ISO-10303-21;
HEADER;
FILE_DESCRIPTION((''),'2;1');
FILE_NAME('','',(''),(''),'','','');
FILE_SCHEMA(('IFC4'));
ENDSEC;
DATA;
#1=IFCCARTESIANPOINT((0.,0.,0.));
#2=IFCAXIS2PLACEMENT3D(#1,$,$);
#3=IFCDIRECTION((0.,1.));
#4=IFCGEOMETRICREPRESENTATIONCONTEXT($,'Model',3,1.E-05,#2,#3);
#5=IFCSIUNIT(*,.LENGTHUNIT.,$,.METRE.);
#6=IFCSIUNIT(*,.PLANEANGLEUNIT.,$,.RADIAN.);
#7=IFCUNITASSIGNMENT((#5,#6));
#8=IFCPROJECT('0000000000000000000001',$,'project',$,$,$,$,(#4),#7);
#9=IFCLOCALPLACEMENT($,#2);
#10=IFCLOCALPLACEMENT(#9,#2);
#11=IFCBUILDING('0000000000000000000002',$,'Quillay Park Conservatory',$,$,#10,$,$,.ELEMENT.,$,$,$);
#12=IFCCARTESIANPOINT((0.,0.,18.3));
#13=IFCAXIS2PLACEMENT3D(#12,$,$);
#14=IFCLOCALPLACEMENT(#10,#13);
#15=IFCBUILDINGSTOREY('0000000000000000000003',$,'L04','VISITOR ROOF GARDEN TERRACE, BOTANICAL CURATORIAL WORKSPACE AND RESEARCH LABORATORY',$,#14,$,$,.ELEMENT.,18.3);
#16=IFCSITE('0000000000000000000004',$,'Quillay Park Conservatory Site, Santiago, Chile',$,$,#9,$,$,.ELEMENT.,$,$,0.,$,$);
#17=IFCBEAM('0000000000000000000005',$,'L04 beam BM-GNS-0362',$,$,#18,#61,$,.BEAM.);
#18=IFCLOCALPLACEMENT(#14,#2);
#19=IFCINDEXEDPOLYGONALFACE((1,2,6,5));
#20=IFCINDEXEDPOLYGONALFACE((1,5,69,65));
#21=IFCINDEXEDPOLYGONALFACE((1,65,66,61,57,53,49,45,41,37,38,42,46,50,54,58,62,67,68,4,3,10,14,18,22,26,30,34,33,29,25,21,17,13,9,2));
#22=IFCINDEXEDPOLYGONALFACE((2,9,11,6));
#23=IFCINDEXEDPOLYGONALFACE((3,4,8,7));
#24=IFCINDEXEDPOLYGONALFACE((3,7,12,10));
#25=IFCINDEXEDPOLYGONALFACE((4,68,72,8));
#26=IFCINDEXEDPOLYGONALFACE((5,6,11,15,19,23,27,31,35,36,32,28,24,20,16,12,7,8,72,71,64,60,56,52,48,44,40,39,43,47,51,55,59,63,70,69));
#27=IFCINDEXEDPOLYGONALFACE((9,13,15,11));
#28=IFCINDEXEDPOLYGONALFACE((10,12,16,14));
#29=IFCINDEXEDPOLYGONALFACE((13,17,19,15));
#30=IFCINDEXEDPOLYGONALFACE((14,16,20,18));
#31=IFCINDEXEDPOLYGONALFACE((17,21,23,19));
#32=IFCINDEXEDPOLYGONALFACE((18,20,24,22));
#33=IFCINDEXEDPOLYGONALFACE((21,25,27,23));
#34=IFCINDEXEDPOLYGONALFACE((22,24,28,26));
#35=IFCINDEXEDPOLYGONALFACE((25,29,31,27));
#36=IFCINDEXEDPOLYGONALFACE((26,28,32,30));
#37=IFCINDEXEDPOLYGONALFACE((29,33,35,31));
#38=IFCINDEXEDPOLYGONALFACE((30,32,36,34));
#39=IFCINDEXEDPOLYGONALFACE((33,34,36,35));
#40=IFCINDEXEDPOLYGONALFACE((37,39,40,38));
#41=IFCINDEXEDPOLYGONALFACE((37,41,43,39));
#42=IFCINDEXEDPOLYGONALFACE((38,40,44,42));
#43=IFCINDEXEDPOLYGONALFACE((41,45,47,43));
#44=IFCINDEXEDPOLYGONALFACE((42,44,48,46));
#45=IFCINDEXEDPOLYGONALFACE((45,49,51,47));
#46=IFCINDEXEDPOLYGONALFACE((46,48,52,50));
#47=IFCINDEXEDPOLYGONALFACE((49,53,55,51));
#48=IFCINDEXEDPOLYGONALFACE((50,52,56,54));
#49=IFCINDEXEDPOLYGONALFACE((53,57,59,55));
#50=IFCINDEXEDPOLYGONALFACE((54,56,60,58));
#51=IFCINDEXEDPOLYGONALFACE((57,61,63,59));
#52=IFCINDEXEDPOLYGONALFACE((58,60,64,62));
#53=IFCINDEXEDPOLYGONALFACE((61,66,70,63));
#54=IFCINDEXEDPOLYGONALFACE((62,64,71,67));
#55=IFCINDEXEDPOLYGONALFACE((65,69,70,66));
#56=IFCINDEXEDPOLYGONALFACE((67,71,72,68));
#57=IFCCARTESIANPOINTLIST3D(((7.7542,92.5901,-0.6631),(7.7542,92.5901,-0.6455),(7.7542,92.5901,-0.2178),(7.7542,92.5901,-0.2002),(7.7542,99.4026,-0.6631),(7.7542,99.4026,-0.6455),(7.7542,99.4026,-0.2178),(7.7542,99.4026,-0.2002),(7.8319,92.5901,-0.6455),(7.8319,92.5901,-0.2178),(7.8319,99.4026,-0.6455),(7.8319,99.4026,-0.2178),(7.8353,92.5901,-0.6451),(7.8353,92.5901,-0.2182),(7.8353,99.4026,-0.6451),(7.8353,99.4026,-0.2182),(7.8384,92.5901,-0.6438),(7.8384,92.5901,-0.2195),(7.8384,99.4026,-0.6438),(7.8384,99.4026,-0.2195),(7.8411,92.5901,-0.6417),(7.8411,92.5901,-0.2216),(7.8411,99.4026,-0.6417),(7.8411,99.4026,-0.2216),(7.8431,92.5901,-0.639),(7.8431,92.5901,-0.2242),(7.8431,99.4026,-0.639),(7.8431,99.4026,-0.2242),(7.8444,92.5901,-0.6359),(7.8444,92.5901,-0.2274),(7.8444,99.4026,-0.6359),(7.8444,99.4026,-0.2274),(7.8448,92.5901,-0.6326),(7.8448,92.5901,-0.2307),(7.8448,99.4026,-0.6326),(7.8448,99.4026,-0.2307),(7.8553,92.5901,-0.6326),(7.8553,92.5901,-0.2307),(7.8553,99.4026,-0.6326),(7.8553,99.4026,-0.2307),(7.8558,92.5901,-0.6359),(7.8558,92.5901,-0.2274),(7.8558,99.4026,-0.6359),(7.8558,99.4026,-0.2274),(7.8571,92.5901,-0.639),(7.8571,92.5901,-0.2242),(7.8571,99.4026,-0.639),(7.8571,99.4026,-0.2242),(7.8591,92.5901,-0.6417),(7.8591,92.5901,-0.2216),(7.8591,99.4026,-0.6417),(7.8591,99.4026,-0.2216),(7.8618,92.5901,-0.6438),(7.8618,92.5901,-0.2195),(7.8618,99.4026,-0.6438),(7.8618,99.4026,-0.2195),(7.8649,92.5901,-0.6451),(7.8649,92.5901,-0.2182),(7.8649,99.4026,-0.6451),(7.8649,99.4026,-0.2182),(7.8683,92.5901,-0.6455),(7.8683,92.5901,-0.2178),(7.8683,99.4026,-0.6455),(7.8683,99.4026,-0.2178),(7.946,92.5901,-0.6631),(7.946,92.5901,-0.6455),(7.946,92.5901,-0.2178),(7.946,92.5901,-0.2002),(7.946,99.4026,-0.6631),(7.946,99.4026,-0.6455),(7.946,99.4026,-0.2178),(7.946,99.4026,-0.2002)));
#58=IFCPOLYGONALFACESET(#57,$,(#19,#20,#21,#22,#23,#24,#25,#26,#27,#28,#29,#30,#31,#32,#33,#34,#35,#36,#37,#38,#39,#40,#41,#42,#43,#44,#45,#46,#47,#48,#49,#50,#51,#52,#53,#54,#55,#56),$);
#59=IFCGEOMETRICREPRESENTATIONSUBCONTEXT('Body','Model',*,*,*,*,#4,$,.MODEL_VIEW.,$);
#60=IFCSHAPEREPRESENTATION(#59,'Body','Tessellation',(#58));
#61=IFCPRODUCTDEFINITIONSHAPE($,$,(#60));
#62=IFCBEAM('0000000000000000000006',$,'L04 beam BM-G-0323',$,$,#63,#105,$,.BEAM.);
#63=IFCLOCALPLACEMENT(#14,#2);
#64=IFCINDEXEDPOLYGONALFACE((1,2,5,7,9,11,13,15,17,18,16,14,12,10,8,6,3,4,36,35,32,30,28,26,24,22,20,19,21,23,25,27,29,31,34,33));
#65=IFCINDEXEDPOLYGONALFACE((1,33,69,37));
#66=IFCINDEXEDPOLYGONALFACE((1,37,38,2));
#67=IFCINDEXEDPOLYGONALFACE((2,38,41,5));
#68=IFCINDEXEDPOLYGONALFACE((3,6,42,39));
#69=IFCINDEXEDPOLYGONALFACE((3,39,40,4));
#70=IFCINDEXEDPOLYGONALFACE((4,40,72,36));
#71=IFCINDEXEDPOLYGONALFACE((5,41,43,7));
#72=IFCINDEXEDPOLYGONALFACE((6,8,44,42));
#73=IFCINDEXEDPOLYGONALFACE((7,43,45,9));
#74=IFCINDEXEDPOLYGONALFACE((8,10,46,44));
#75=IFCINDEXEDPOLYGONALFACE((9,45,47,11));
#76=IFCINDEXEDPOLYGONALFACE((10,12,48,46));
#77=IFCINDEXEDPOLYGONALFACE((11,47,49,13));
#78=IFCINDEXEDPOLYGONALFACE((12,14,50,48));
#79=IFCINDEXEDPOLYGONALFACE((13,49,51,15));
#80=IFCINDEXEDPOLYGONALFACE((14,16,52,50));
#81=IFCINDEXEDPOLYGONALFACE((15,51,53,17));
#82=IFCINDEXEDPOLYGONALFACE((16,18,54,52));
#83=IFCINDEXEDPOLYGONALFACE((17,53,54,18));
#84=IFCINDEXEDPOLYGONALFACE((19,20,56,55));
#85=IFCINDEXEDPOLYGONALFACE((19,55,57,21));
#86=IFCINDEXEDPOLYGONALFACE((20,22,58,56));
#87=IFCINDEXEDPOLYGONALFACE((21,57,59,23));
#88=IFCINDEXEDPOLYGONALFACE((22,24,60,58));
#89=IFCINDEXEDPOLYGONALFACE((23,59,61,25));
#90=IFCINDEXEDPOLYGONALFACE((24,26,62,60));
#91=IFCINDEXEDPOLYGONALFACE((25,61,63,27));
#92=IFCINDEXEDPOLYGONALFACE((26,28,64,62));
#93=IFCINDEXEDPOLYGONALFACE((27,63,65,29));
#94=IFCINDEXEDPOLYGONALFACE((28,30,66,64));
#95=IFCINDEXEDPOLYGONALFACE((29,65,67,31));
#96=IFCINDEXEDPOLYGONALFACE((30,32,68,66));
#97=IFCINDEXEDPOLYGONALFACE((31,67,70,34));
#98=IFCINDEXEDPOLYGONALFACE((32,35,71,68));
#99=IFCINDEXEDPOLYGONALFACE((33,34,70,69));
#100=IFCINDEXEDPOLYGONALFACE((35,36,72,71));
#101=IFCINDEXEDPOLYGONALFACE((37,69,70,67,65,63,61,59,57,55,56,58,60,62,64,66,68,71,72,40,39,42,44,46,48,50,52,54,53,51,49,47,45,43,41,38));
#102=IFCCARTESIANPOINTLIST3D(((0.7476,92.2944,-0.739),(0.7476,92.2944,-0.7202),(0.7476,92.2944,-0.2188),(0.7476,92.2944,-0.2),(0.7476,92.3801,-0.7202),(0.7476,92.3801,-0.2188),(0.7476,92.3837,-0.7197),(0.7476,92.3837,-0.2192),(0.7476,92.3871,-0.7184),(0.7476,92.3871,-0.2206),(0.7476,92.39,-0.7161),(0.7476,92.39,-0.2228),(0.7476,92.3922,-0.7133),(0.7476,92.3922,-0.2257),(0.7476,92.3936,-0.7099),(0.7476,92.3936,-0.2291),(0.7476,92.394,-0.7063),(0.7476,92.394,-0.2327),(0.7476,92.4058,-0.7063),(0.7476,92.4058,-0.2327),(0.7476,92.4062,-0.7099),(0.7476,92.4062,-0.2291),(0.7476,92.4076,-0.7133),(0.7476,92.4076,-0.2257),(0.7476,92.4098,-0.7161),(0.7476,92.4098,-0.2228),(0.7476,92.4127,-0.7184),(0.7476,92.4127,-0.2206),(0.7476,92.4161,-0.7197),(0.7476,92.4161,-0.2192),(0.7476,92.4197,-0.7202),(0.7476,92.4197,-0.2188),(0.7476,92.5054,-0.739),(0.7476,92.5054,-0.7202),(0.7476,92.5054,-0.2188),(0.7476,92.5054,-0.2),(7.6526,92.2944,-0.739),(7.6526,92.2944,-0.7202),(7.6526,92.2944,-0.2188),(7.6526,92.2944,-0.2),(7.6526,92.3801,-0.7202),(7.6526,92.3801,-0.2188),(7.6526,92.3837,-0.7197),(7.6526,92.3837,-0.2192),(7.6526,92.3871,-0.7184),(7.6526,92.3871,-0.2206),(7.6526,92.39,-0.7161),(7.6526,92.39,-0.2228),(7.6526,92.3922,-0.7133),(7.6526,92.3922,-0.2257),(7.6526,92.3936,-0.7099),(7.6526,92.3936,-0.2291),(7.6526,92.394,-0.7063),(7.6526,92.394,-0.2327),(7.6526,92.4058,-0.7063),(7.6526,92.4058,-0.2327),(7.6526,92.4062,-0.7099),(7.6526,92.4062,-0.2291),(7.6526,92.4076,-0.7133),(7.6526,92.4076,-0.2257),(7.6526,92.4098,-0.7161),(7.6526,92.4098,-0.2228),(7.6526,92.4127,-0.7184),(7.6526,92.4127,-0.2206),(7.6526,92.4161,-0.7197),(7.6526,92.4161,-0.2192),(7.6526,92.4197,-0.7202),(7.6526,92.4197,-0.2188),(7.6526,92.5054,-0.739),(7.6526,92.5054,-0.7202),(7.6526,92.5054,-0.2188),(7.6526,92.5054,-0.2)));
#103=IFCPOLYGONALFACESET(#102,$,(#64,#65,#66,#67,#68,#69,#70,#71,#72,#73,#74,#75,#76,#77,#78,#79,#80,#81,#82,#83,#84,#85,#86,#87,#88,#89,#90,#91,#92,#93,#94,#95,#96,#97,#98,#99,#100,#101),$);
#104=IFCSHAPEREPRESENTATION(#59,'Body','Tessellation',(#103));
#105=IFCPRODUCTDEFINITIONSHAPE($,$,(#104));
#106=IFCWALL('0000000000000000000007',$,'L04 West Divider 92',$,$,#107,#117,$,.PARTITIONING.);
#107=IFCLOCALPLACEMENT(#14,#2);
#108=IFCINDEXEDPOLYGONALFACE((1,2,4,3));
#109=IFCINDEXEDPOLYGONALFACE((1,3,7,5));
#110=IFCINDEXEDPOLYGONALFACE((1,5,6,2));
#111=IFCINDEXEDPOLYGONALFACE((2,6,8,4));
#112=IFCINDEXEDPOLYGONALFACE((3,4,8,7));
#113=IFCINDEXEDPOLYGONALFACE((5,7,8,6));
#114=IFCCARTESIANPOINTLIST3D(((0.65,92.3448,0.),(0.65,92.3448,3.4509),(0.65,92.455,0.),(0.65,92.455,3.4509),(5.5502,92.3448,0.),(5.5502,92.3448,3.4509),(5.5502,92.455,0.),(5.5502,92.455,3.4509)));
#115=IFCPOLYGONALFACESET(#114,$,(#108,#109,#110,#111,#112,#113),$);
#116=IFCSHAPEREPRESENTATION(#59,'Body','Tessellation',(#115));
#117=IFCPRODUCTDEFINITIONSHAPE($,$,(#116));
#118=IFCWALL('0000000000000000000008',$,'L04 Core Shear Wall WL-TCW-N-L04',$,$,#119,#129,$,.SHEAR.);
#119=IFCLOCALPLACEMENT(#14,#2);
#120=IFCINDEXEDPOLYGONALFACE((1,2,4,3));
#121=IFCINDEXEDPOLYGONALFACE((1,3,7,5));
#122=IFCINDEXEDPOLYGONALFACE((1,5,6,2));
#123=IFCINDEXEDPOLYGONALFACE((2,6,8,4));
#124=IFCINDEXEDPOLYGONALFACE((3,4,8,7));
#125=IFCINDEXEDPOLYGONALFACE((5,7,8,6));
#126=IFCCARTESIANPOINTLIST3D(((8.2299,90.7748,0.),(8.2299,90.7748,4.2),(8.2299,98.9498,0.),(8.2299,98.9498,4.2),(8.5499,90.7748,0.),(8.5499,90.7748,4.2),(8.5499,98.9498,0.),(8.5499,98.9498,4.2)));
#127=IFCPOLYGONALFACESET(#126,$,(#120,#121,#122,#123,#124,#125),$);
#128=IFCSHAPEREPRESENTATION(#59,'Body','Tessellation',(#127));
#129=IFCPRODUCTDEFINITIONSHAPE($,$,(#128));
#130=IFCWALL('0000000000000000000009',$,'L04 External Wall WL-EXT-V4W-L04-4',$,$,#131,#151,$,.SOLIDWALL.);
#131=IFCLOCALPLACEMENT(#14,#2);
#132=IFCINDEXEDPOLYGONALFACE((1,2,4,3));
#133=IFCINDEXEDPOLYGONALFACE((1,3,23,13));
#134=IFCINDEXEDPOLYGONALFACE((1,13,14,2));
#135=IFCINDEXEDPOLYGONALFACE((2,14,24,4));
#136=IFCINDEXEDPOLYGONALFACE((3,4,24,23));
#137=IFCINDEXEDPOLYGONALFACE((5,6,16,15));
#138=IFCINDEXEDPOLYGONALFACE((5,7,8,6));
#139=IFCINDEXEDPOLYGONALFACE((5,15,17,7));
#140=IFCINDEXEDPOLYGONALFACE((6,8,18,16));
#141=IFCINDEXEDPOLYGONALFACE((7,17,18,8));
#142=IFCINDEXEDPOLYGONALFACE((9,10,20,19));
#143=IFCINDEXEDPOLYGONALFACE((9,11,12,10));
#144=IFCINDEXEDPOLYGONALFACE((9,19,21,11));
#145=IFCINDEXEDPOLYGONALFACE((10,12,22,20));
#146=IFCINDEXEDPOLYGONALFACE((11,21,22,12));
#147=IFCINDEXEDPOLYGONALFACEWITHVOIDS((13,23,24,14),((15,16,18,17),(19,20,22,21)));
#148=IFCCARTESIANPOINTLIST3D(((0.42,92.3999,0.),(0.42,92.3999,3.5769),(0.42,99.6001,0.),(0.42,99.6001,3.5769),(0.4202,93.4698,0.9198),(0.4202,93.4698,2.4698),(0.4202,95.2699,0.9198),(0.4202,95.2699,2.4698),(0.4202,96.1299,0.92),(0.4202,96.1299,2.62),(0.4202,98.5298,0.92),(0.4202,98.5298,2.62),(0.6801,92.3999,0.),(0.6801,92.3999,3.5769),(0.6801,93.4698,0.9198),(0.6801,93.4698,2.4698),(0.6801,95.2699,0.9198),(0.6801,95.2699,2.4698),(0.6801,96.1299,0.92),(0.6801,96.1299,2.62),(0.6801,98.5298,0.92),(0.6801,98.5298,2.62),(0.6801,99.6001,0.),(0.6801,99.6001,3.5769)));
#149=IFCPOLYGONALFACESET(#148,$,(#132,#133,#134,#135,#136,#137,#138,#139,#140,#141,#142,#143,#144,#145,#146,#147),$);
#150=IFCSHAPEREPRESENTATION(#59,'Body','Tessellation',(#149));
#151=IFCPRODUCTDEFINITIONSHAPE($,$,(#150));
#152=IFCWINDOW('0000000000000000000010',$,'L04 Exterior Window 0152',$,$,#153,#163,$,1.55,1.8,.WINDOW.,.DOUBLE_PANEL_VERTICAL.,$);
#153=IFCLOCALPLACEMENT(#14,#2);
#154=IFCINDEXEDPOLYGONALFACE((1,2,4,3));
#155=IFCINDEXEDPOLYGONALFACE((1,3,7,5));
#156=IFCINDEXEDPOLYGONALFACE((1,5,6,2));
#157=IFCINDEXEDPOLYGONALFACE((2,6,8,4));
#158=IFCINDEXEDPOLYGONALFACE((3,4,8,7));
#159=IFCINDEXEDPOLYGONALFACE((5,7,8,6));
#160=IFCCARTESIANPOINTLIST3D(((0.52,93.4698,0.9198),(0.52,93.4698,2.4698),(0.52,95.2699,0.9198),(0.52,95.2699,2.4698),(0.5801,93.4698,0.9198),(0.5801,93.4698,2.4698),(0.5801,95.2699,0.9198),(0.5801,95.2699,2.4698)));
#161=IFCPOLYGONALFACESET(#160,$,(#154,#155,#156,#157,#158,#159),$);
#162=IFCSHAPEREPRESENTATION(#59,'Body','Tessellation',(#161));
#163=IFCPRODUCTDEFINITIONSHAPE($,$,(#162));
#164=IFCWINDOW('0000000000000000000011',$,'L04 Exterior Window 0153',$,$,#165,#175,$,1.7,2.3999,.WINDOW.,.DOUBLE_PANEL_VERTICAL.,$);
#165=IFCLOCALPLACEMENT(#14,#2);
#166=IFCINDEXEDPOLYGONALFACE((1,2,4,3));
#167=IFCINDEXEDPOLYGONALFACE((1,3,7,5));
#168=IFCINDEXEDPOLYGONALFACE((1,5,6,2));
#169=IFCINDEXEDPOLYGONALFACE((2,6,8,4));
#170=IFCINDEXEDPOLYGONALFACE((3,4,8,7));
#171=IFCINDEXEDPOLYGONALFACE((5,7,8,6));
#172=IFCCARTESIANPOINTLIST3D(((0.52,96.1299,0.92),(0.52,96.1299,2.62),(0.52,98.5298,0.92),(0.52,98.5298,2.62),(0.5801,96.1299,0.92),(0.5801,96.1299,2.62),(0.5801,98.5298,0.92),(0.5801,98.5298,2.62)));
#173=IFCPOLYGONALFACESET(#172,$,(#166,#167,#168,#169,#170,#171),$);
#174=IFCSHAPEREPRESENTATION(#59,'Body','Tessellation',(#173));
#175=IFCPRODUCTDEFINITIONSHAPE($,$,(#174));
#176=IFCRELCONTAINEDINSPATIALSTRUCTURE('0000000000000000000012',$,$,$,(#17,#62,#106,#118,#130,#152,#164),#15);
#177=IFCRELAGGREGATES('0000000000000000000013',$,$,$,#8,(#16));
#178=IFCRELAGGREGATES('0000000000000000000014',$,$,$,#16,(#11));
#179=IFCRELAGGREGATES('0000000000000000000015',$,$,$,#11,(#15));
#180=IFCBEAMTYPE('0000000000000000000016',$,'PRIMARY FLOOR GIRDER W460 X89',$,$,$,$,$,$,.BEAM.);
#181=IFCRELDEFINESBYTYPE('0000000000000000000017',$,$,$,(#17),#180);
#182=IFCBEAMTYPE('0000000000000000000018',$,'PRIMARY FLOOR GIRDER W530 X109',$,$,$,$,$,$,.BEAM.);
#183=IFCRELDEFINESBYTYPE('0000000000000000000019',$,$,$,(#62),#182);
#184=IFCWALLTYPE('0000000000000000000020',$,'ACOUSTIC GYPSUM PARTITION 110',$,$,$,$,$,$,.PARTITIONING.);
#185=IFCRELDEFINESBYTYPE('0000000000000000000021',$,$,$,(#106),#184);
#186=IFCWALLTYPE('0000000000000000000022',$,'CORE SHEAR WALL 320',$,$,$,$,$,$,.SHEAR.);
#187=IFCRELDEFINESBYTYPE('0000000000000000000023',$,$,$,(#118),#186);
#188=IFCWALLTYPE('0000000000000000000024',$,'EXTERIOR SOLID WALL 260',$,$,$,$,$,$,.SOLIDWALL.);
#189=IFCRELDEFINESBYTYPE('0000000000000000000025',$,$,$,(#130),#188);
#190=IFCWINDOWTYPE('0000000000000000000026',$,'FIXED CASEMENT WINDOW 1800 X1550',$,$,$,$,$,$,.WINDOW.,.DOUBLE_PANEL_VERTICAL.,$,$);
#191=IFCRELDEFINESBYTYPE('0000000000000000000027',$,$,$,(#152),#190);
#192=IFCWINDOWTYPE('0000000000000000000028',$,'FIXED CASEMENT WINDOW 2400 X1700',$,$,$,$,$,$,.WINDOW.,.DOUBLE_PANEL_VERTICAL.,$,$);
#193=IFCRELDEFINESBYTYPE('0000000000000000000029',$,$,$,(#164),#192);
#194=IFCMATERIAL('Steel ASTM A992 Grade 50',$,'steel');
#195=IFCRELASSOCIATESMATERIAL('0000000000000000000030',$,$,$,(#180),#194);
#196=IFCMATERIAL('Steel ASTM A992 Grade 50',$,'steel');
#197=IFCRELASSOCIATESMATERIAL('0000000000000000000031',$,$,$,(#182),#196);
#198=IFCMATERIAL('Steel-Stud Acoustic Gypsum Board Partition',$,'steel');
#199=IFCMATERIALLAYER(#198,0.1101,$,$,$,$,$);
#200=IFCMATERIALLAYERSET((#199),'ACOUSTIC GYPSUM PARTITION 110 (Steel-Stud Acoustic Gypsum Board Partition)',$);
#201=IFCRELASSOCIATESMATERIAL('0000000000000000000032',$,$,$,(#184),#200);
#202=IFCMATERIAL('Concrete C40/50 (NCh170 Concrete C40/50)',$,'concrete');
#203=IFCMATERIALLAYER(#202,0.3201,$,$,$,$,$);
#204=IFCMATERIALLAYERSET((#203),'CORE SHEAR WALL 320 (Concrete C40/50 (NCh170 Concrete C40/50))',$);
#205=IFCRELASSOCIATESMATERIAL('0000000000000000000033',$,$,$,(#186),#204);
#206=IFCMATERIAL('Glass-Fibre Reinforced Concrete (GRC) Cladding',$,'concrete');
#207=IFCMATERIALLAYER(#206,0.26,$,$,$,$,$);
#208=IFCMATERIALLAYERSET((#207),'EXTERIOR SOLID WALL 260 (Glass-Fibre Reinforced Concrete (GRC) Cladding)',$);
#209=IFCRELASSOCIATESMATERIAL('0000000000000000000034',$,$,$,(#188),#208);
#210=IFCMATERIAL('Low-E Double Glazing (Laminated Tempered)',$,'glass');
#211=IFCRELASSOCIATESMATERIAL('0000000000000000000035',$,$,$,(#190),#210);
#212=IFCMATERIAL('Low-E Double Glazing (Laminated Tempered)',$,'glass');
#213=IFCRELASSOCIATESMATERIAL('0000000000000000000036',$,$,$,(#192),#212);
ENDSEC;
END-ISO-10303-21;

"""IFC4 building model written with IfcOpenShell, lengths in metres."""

from ifc_helpers import new_model, si_unit, direction, frame, frame_2d, origin, origin_2d, place, context, subcontext, project, spatial, rectangle, i_section, extrude, material, layer, layer_set, material_profile, profile_set, type_object, element, fill, save


model = new_model("IFC4")

# Units and contexts
model_context = context("Model", 3, precision=1e-05, world=origin(), true_north=direction((0.0, 1.0)))
body_context = subcontext(model_context, "Body", "Model", "MODEL_VIEW")
ifc_project = project(units=[si_unit("LENGTHUNIT", "METRE"), si_unit("PLANEANGLEUNIT", "RADIAN")], contexts=[model_context])

# Site, building, storey
site_placement = place(None, origin())
site = spatial("IfcSite", under=ifc_project, at=site_placement, Name="Quillay Park Conservatory Site, Santiago, Chile", CompositionType="ELEMENT", RefElevation=0.0)
building_placement = place(site_placement, origin())
building = spatial("IfcBuilding", under=site, at=building_placement, Name="Quillay Park Conservatory", CompositionType="ELEMENT")
storey_placement = place(building_placement, frame((0.0, 0.0, 18.3)))
storey = spatial("IfcBuildingStorey", under=building, at=storey_placement, Name="L04", Description="VISITOR ROOF GARDEN TERRACE, BOTANICAL CURATORIAL WORKSPACE AND RESEARCH LABORATORY", CompositionType="ELEMENT", Elevation=18.3)

# Beams
ifc_material_1 = material(Name="Steel ASTM A992 Grade 50", Category="steel")
ifc_material_profile_1 = material_profile(ifc_material_1, i_section(OverallWidth=0.1919, OverallDepth=0.4629, WebThickness=0.0105, FlangeThickness=0.0176, FilletRadius=0.0129, at=origin_2d()), Name="W460x89")
ifc_profile_set_1 = profile_set([ifc_material_profile_1], Name="Steel ASTM A992 Grade 50")
beam_type_1 = type_object("IfcBeamType", Name="PRIMARY FLOOR GIRDER W460 X89", PredefinedType="BEAM", material=ifc_profile_set_1)
beam_1_placement = place(storey_placement, frame((7.8501, 92.5901, -0.4316), z_axis=(0.0, 1.0, 0.0), x_axis=(-1.0, 0.0, 0.0)))
element("IfcBeam", 1, at=beam_1_placement, inside=storey, type_object=beam_type_1, Name="L04 beam BM-GNS-0362", PredefinedType="BEAM", context=body_context, shape_type="SweptSolid", body=[
    extrude(i_section(OverallWidth=0.1919, OverallDepth=0.4629, WebThickness=0.0105, FlangeThickness=0.0176, FilletRadius=0.0129, at=origin_2d()), origin(), (0.0, 0.0, 1.0), 6.8125),
])
ifc_material_2 = material(Name="Steel ASTM A992 Grade 50", Category="steel")
ifc_material_profile_2 = material_profile(ifc_material_2, i_section(OverallWidth=0.2109, OverallDepth=0.5391, WebThickness=0.0117, FlangeThickness=0.0188, FilletRadius=0.0139, at=origin_2d()), Name="W530x109")
ifc_profile_set_2 = profile_set([ifc_material_profile_2], Name="Steel ASTM A992 Grade 50")
beam_type_2 = type_object("IfcBeamType", Name="PRIMARY FLOOR GIRDER W530 X109", PredefinedType="BEAM", material=ifc_profile_set_2)
beam_2_placement = place(storey_placement, frame((0.7476, 92.3999, -0.4695), z_axis=(1.0, 0.0, 0.0), x_axis=(0.0, 1.0, 0.0)))
element("IfcBeam", 2, at=beam_2_placement, inside=storey, type_object=beam_type_2, Name="L04 beam BM-G-0323", PredefinedType="BEAM", context=body_context, shape_type="SweptSolid", body=[
    extrude(i_section(OverallWidth=0.2109, OverallDepth=0.5391, WebThickness=0.0117, FlangeThickness=0.0188, FilletRadius=0.0139, at=origin_2d()), origin(), (0.0, 0.0, 1.0), 6.905),
])

# Wall
ifc_material_3 = material(Name="Steel-Stud Acoustic Gypsum Board Partition", Category="steel")
ifc_layer_1 = layer(ifc_material_3, 0.1101)
ifc_layer_set_1 = layer_set([ifc_layer_1], Name="ACOUSTIC GYPSUM PARTITION 110 (Steel-Stud Acoustic Gypsum Board Partition)")
wall_type_1 = type_object("IfcWallType", Name="ACOUSTIC GYPSUM PARTITION 110", PredefinedType="PARTITIONING", material=ifc_layer_set_1)
wall_1_placement = place(storey_placement, frame((0.6499, 92.3999, 0.0), z_axis=(0.0, 0.0, 1.0), x_axis=(1.0, 0.0, 0.0)))
element("IfcWall", 3, at=wall_1_placement, inside=storey, type_object=wall_type_1, Name="L04 West Divider 92", PredefinedType="PARTITIONING", context=body_context, shape_type="SweptSolid", body=[
    extrude(rectangle(XDim=4.9001, YDim=0.1101, at=frame_2d((2.4502, 0.0))), origin(), (0.0, 0.0, 1.0), 3.4509),
])

# Wall
ifc_material_4 = material(Name="Concrete C40/50 (NCh170 Concrete C40/50)", Category="concrete")
ifc_layer_2 = layer(ifc_material_4, 0.3201)
ifc_layer_set_2 = layer_set([ifc_layer_2], Name="CORE SHEAR WALL 320 (Concrete C40/50 (NCh170 Concrete C40/50))")
wall_type_2 = type_object("IfcWallType", Name="CORE SHEAR WALL 320", PredefinedType="SHEAR", material=ifc_layer_set_2)
wall_2_placement = place(storey_placement, frame((8.3899, 90.7749, 0.0), z_axis=(0.0, 0.0, 1.0), x_axis=(0.0, 1.0, 0.0)))
element("IfcWall", 4, at=wall_2_placement, inside=storey, type_object=wall_type_2, Name="L04 Core Shear Wall WL-TCW-N-L04", PredefinedType="SHEAR", context=body_context, shape_type="SweptSolid", body=[
    extrude(rectangle(XDim=8.175, YDim=0.3201, at=frame_2d((4.0874, 0.0))), origin(), (0.0, 0.0, 1.0), 4.2),
])

# Wall, openings, windows
ifc_material_5 = material(Name="Glass-Fibre Reinforced Concrete (GRC) Cladding", Category="concrete")
ifc_layer_3 = layer(ifc_material_5, 0.26)
ifc_layer_set_3 = layer_set([ifc_layer_3], Name="EXTERIOR SOLID WALL 260 (Glass-Fibre Reinforced Concrete (GRC) Cladding)")
wall_type_3 = type_object("IfcWallType", Name="EXTERIOR SOLID WALL 260", PredefinedType="SOLIDWALL", material=ifc_layer_set_3)
wall_3_placement = place(storey_placement, frame((0.55, 92.3999, 0.0), z_axis=(0.0, 0.0, 1.0), x_axis=(0.0, 1.0, 0.0)))
wall_3 = element("IfcWall", 5, at=wall_3_placement, inside=storey, type_object=wall_type_3, Name="L04 External Wall WL-EXT-V4W-L04-4", PredefinedType="SOLIDWALL", context=body_context, shape_type="SweptSolid", body=[
    extrude(rectangle(XDim=7.2002, YDim=0.26, at=frame_2d((3.6001, 0.0))), origin(), (0.0, 0.0, 1.0), 3.5769),
])
opening_1_placement = place(wall_3_placement, frame((1.0701, 0.0, 0.9199)))
opening_1 = element("IfcOpeningElement", 6, at=opening_1_placement, cuts=wall_3, PredefinedType="OPENING", context=body_context, shape_type="SweptSolid", body=[
    extrude(rectangle(XDim=1.8, YDim=1.55, at=frame_2d((0.8999, 0.7749))), frame((0.0, 0.1299, 0.0), z_axis=(0.0, -1.0, 0.0), x_axis=(1.0, 0.0, 0.0)), (0.0, 0.0, 1.0), 0.26),
])
opening_2_placement = place(wall_3_placement, frame((3.73, 0.0, 0.9199)))
opening_2 = element("IfcOpeningElement", 7, at=opening_2_placement, cuts=wall_3, PredefinedType="OPENING", context=body_context, shape_type="SweptSolid", body=[
    extrude(rectangle(XDim=2.3999, YDim=1.7, at=frame_2d((1.2, 0.8501))), frame((0.0, 0.1299, 0.0), z_axis=(0.0, -1.0, 0.0), x_axis=(1.0, 0.0, 0.0)), (0.0, 0.0, 1.0), 0.26),
])
ifc_material_6 = material(Name="Low-E Double Glazing (Laminated Tempered)", Category="glass")
window_type_1 = type_object("IfcWindowType", Name="FIXED CASEMENT WINDOW 1800 X1550", PartitioningType="DOUBLE_PANEL_VERTICAL", PredefinedType="WINDOW", material=ifc_material_6)
window_1_placement = place(opening_1_placement, origin())
window_1 = element("IfcWindow", 8, at=window_1_placement, inside=storey, type_object=window_type_1, Name="L04 Exterior Window 0152", OverallHeight=1.55, OverallWidth=1.8, PartitioningType="DOUBLE_PANEL_VERTICAL", PredefinedType="WINDOW", context=body_context, shape_type="SweptSolid", body=[
    extrude(rectangle(XDim=1.8, YDim=1.55, at=frame_2d((0.8999, 0.7749))), frame((0.0, 0.03, 0.0), z_axis=(0.0, -1.0, 0.0), x_axis=(1.0, 0.0, 0.0)), (0.0, 0.0, 1.0), 0.0601),
])
fill(opening_1, window_1)
ifc_material_7 = material(Name="Low-E Double Glazing (Laminated Tempered)", Category="glass")
window_type_2 = type_object("IfcWindowType", Name="FIXED CASEMENT WINDOW 2400 X1700", PartitioningType="DOUBLE_PANEL_VERTICAL", PredefinedType="WINDOW", material=ifc_material_7)
window_2_placement = place(opening_2_placement, origin())
window_2 = element("IfcWindow", 9, at=window_2_placement, inside=storey, type_object=window_type_2, Name="L04 Exterior Window 0153", OverallHeight=1.7, OverallWidth=2.3999, PartitioningType="DOUBLE_PANEL_VERTICAL", PredefinedType="WINDOW", context=body_context, shape_type="SweptSolid", body=[
    extrude(rectangle(XDim=2.3999, YDim=1.7, at=frame_2d((1.2, 0.8501))), frame((0.0, 0.03, 0.0), z_axis=(0.0, -1.0, 0.0), x_axis=(1.0, 0.0, 0.0)), (0.0, 0.0, 1.0), 0.0601),
])
fill(opening_2, window_2)

save(model, "model.ifc")
